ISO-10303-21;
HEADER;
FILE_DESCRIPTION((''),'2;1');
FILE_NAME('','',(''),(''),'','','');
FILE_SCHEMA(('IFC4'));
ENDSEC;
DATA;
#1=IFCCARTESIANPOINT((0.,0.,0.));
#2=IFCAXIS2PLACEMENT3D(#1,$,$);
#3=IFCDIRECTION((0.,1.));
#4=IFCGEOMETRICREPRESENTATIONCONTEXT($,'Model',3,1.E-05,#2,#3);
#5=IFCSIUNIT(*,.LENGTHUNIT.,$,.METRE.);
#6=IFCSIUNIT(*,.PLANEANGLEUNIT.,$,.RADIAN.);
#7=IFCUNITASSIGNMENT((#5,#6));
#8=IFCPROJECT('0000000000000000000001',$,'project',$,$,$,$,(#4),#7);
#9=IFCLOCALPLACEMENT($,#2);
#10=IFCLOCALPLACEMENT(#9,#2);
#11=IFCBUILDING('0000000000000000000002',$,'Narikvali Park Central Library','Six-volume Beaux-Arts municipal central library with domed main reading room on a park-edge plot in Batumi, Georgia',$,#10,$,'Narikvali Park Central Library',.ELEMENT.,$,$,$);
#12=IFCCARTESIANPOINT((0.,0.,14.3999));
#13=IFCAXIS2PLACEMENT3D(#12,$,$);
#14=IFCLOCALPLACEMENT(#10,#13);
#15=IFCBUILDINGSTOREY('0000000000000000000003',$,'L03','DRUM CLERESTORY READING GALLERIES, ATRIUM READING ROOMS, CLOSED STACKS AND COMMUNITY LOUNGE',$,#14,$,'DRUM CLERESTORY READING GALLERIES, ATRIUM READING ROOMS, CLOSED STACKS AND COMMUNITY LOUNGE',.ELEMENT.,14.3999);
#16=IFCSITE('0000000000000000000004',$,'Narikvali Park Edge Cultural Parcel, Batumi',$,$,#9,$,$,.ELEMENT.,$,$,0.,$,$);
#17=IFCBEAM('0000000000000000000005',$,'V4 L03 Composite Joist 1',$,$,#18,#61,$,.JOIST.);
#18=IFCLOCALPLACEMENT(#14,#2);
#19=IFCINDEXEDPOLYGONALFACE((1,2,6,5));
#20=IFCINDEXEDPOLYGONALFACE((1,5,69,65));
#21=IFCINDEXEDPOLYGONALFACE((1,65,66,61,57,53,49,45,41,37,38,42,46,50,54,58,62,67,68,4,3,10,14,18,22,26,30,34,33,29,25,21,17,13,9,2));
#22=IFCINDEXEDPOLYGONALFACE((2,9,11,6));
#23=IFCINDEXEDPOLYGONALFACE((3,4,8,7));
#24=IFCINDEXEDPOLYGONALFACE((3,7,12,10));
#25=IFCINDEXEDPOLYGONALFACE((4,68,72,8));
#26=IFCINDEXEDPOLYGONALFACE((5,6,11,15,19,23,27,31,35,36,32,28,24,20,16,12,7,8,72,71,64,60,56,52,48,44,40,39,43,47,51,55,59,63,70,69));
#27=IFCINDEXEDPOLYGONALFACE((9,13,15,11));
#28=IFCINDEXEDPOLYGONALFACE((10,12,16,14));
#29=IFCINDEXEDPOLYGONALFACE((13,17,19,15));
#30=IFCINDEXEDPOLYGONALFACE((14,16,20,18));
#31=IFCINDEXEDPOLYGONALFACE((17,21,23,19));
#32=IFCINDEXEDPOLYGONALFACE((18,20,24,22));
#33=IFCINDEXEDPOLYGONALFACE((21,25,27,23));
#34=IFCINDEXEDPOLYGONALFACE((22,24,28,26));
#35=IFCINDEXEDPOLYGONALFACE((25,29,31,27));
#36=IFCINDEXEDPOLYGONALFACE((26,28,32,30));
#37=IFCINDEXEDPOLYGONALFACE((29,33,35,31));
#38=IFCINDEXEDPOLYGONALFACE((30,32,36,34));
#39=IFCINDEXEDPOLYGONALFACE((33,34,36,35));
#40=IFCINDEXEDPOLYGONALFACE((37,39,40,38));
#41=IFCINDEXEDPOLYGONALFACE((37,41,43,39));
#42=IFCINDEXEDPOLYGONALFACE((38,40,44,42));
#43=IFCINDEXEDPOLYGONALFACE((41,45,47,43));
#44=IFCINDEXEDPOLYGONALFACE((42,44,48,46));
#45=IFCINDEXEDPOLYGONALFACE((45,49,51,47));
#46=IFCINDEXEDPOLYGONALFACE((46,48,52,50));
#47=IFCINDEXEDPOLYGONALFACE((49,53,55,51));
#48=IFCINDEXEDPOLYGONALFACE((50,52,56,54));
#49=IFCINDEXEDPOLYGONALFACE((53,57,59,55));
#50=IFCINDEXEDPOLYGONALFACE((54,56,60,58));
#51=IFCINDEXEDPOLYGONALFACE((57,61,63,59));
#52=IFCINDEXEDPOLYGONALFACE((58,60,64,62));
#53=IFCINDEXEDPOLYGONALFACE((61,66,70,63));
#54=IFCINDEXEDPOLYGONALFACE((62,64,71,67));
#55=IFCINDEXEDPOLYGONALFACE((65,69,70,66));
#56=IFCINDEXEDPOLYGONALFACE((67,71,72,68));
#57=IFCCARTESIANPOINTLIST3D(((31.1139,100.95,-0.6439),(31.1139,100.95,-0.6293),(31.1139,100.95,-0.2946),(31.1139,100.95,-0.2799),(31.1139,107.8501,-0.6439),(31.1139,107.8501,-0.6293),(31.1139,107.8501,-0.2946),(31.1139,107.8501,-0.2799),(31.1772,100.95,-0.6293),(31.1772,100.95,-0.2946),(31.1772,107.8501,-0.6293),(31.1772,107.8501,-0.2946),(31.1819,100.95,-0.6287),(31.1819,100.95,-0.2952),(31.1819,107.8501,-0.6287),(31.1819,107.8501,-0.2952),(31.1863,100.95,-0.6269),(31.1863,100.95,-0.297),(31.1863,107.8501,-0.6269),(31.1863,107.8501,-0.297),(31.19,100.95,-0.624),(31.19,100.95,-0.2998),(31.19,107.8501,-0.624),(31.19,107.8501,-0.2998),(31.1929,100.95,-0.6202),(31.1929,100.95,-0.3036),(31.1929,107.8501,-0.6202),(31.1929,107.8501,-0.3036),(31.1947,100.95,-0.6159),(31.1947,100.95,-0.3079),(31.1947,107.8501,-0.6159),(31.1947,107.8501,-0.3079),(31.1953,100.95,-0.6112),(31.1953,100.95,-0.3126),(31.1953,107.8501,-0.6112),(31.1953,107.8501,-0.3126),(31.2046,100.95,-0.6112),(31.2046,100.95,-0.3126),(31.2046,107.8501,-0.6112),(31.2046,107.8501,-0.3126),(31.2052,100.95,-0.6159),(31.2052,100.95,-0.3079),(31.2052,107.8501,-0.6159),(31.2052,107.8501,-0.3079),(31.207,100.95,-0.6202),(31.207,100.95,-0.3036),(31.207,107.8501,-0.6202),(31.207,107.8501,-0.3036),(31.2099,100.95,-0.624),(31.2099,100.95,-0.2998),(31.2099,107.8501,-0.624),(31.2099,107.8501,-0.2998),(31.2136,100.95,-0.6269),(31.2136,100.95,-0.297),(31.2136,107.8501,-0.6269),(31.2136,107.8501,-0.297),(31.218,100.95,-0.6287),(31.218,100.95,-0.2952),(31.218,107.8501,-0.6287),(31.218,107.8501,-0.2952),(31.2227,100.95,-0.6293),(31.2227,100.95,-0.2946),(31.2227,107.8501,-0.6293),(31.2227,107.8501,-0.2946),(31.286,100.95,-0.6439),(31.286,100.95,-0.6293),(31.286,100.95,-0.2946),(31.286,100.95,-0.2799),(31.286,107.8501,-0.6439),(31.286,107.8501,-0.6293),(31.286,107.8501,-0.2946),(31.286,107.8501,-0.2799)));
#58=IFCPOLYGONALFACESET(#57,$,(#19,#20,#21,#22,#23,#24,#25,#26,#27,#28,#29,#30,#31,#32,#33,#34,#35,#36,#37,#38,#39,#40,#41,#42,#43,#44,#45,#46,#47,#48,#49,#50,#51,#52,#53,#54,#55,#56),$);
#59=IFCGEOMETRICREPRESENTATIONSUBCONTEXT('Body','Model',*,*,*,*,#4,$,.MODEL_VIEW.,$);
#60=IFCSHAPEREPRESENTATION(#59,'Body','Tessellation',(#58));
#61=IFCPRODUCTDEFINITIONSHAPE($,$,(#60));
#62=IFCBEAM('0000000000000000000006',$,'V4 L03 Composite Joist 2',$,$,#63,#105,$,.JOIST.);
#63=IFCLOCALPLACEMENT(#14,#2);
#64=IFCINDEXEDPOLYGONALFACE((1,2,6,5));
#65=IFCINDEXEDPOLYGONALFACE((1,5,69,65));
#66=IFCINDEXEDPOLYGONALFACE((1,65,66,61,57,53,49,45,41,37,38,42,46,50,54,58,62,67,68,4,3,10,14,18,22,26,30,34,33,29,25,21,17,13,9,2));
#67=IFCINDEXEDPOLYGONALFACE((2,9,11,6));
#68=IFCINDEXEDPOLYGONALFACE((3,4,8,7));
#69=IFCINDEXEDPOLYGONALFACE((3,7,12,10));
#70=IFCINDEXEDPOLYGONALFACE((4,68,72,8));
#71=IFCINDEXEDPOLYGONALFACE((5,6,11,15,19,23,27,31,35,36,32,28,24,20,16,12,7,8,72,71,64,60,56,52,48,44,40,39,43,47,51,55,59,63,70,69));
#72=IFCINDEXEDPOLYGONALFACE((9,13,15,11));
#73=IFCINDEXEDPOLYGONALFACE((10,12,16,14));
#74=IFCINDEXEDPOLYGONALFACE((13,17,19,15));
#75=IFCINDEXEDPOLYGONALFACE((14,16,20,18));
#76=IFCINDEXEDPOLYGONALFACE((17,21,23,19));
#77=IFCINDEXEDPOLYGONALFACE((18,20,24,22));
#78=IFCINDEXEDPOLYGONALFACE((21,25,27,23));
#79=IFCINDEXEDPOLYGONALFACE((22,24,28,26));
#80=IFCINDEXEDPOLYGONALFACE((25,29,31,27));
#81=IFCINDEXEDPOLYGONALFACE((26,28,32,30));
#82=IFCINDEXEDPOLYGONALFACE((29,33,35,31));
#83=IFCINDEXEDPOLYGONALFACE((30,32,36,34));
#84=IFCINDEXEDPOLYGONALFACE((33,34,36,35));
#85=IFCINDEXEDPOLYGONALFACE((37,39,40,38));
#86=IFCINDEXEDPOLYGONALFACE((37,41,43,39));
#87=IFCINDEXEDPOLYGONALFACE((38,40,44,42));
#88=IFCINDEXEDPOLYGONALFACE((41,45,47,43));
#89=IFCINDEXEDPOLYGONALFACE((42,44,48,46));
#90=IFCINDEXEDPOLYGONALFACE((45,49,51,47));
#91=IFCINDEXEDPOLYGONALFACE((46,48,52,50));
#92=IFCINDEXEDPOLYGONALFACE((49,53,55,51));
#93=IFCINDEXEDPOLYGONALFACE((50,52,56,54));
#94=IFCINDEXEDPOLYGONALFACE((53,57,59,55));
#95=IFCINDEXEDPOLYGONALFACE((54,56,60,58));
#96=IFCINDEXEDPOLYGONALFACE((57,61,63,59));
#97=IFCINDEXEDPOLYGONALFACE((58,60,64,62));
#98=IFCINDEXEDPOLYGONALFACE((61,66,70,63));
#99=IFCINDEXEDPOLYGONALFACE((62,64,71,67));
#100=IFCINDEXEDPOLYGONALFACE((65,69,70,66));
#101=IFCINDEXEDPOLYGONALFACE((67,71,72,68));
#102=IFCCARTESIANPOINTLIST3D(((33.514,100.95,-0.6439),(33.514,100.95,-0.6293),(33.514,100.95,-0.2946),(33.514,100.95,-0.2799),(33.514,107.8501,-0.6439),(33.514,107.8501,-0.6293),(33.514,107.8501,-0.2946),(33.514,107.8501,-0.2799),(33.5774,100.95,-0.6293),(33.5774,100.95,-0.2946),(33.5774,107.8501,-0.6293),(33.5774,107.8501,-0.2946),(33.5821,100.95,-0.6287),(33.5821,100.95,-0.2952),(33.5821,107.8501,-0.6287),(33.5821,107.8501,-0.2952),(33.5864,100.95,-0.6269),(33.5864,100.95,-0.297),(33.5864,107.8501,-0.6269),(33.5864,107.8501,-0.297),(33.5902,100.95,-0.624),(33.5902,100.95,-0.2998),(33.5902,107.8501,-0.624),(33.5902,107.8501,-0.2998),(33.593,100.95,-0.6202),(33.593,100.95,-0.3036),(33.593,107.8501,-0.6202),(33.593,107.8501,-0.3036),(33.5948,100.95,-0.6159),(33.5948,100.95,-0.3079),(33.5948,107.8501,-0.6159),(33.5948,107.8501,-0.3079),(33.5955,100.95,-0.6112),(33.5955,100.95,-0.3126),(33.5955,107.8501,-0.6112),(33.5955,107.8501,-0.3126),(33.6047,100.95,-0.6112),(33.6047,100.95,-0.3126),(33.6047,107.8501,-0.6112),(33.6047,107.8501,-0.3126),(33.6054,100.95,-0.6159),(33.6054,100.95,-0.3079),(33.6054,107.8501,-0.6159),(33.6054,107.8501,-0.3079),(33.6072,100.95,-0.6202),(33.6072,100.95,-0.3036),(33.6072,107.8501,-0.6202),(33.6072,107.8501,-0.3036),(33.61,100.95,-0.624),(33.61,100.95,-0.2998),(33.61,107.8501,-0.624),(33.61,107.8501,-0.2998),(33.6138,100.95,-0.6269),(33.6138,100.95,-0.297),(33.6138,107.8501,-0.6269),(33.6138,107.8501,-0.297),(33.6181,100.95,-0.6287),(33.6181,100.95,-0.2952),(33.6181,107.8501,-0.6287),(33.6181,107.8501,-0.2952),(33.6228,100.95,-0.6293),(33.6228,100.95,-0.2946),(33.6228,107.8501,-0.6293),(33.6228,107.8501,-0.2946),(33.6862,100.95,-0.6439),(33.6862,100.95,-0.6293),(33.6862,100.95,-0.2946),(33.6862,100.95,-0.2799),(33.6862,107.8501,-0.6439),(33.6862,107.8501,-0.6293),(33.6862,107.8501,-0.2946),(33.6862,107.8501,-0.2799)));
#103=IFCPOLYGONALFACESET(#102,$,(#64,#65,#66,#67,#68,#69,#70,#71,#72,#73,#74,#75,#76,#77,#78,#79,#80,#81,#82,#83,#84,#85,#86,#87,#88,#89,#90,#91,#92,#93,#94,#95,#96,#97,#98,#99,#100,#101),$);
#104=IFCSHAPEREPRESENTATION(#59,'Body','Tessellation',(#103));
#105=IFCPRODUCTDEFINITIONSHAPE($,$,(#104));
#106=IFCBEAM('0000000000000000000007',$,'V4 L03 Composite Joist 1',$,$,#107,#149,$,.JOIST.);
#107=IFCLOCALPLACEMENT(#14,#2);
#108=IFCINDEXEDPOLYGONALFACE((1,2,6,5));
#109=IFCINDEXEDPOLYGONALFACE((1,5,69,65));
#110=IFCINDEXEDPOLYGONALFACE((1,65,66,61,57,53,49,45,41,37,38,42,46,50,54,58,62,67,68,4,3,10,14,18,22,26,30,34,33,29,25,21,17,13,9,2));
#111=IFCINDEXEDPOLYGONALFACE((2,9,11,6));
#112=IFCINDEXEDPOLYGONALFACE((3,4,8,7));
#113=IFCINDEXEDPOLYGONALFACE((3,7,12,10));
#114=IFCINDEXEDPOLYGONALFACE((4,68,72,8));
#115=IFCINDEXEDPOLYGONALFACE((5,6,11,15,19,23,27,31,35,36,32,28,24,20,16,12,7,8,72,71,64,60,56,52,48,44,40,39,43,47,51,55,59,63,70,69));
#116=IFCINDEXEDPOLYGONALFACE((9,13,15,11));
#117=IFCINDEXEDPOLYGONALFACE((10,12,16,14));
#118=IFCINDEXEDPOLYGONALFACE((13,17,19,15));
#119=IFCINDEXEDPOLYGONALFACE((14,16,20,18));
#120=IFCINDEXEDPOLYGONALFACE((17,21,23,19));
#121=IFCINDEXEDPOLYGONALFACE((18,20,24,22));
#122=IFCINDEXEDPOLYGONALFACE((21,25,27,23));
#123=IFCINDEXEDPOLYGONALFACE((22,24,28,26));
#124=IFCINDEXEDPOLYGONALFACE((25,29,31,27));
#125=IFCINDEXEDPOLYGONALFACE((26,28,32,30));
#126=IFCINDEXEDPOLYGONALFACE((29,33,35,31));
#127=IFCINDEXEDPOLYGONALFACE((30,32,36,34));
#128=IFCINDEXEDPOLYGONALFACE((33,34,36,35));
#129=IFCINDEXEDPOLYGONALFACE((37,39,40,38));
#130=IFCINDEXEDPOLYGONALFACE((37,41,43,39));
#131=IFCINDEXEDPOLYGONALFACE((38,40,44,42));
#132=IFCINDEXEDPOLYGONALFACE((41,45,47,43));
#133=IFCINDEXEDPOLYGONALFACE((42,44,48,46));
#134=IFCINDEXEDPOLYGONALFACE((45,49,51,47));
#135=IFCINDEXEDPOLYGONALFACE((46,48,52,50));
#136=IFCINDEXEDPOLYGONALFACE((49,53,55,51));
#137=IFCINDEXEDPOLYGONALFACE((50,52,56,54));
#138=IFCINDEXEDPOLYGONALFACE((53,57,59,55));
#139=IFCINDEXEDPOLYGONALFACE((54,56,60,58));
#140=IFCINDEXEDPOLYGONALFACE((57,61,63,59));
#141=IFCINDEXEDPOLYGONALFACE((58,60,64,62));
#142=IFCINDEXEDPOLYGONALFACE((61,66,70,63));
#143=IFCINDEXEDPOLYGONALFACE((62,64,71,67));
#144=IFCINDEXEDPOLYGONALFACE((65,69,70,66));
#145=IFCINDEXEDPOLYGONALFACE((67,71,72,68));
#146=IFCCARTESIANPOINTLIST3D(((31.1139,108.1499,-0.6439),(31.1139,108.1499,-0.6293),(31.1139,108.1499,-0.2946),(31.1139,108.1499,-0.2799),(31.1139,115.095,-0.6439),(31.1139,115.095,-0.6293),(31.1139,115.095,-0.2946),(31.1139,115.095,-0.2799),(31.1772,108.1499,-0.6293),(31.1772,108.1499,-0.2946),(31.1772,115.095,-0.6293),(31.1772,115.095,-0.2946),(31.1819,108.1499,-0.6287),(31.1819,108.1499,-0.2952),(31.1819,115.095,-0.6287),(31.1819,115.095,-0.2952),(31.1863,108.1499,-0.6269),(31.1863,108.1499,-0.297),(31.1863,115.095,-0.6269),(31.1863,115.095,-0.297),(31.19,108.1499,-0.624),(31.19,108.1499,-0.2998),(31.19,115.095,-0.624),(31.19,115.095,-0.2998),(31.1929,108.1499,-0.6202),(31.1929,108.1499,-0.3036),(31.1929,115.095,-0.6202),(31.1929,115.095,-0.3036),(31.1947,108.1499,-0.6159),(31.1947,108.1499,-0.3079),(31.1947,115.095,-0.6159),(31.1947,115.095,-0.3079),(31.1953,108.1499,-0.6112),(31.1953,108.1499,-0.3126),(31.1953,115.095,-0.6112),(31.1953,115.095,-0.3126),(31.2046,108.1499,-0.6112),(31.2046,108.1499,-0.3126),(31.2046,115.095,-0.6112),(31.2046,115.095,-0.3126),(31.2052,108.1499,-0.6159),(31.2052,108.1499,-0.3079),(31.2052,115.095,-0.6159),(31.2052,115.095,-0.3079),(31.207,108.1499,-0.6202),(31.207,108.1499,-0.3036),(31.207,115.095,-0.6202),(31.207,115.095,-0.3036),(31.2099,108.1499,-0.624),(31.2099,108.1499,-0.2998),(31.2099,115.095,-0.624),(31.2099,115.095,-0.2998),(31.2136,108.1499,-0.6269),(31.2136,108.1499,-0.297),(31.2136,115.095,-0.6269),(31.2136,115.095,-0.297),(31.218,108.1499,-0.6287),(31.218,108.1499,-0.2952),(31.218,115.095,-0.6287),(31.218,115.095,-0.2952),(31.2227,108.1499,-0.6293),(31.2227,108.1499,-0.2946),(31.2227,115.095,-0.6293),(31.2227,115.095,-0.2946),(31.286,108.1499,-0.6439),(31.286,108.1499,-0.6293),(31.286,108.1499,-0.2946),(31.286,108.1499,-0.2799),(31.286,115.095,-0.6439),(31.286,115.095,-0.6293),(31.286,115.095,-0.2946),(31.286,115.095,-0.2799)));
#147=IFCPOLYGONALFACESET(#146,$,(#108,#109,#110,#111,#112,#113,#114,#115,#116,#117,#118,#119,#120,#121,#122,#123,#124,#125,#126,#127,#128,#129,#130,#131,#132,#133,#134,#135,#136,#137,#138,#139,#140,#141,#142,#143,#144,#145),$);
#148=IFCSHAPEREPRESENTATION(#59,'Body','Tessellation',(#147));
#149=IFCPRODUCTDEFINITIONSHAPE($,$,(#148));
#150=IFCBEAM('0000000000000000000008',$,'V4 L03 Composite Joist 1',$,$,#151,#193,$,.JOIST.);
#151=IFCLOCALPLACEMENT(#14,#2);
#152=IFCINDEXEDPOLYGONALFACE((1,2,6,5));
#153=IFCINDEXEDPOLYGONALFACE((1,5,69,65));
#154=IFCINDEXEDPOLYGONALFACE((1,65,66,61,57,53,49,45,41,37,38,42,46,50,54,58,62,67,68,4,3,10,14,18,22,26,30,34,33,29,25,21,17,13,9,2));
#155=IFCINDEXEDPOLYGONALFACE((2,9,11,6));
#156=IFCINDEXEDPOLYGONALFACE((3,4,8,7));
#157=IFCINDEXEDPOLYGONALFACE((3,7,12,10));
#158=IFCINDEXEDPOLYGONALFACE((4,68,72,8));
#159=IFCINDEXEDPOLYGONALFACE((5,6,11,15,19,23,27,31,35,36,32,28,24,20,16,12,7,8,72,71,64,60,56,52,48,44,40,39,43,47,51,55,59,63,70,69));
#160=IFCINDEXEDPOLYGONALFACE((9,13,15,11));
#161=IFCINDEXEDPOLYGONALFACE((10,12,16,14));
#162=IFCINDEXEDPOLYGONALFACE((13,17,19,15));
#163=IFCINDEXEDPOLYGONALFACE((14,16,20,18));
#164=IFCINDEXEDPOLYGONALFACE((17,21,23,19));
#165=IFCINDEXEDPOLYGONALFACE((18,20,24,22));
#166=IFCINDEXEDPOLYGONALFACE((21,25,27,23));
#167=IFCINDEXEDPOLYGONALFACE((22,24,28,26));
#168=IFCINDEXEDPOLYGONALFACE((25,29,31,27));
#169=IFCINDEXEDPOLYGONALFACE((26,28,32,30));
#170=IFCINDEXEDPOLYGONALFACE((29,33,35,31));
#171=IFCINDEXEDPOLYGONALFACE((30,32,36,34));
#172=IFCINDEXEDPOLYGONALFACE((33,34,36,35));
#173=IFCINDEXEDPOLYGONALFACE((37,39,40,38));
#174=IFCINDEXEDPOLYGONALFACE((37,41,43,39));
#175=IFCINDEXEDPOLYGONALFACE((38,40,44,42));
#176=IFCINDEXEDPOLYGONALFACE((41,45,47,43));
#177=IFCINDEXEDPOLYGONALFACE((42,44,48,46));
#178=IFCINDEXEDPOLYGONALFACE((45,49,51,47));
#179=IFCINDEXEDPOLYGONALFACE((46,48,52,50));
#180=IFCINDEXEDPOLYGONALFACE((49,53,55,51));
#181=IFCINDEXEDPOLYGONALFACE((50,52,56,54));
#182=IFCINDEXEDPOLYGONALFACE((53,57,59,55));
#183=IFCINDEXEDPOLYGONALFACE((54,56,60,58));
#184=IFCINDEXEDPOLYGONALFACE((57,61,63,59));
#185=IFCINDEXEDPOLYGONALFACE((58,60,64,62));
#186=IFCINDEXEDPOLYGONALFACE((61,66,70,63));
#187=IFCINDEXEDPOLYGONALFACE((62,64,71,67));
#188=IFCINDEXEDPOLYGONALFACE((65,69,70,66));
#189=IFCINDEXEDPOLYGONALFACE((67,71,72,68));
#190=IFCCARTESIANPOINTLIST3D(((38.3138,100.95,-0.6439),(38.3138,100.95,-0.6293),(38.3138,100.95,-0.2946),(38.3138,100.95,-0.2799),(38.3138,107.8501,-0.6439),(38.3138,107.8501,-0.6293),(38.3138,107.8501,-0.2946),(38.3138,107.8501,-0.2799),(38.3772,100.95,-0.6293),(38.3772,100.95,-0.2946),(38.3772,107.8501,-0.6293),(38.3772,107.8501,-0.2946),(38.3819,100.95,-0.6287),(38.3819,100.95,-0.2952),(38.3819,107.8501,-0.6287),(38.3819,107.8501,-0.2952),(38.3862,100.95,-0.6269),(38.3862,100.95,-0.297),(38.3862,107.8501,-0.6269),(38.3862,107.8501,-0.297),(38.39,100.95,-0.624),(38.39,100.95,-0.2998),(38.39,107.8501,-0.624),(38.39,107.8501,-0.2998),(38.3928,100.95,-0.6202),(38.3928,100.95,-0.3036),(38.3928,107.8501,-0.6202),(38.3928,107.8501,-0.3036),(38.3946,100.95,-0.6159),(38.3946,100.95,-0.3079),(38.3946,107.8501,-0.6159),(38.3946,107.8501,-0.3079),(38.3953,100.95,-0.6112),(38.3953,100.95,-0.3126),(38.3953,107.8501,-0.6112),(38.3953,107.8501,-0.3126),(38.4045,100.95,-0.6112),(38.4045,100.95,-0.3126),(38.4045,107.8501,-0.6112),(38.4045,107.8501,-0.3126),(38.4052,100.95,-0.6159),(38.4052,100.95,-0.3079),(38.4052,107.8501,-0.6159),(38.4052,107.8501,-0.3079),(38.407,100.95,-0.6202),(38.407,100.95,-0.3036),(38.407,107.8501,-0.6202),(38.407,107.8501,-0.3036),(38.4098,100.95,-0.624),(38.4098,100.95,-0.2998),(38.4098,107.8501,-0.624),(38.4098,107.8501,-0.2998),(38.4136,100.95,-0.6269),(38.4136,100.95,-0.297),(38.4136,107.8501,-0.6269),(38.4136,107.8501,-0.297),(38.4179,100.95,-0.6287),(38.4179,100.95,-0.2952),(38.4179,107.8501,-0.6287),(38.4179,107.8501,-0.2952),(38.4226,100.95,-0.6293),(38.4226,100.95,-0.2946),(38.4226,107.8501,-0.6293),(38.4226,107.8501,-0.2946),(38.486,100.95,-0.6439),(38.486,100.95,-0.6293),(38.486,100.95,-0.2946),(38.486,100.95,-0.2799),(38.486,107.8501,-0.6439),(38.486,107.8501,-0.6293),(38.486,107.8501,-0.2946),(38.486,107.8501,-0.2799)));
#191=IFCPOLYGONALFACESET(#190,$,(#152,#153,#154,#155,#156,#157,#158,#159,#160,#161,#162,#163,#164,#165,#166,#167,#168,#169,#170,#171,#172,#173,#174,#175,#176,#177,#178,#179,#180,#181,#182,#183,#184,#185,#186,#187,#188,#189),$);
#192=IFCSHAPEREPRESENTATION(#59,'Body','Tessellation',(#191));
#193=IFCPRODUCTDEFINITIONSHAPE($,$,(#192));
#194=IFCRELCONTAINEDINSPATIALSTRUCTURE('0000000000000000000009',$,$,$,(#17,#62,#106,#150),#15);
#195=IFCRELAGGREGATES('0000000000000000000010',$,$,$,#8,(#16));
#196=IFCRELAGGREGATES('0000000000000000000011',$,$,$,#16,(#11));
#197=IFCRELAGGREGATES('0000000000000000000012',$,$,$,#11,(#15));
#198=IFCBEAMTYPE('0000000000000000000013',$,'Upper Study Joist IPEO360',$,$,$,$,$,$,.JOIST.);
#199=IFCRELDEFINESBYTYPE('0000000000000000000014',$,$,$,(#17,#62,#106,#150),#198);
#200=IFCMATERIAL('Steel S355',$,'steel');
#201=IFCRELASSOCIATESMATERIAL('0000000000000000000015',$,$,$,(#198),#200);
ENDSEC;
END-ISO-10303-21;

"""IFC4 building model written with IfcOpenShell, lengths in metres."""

from ifc_helpers import new_model, si_unit, direction, frame, origin, origin_2d, place, context, subcontext, project, spatial, i_section, extrude, material, material_profile, profile_set, type_object, element, save


model = new_model("IFC4")

# Units and contexts
model_context = context("Model", 3, precision=1e-05, world=origin(), true_north=direction((0.0, 1.0)))
body_context = subcontext(model_context, "Body", "Model", "MODEL_VIEW")
ifc_project = project(units=[si_unit("LENGTHUNIT", "METRE"), si_unit("PLANEANGLEUNIT", "RADIAN")], contexts=[model_context])

# Site, building, storey
site_placement = place(None, origin())
site = spatial("IfcSite", under=ifc_project, at=site_placement, Name="Narikvali Park Edge Cultural Parcel, Batumi", CompositionType="ELEMENT", RefElevation=0.0)
building_placement = place(site_placement, origin())
building = spatial("IfcBuilding", under=site, at=building_placement, Name="Narikvali Park Central Library", Description="Six-volume Beaux-Arts municipal central library with domed main reading room on a park-edge plot in Batumi, Georgia", LongName="Narikvali Park Central Library", CompositionType="ELEMENT")
storey_placement = place(building_placement, frame((0.0, 0.0, 14.3999)))
storey = spatial("IfcBuildingStorey", under=building, at=storey_placement, Name="L03", Description="DRUM CLERESTORY READING GALLERIES, ATRIUM READING ROOMS, CLOSED STACKS AND COMMUNITY LOUNGE", LongName="DRUM CLERESTORY READING GALLERIES, ATRIUM READING ROOMS, CLOSED STACKS AND COMMUNITY LOUNGE", CompositionType="ELEMENT", Elevation=14.3999)

# Shared definitions
ifc_material_1 = material(Name="Steel S355", Category="steel")

# Beams
ifc_material_profile_1 = material_profile(ifc_material_1, i_section(OverallWidth=0.1721, OverallDepth=0.364, WebThickness=0.0093, FlangeThickness=0.0146, FilletRadius=0.0181, at=origin_2d()), Name="IPEO 360")
ifc_profile_set_1 = profile_set([ifc_material_profile_1], Name="Steel S355")
beam_type_1 = type_object("IfcBeamType", Name="Upper Study Joist IPEO360", PredefinedType="JOIST", material=ifc_profile_set_1)
for number, where, z_axis, x_axis, name in (
    (1, (31.2, 100.95, -0.4619), (0.0, 1.0, 0.0), (-1.0, 0.0, 0.0), "V4 L03 Composite Joist 1"),
    (2, (33.6001, 100.95, -0.4619), (0.0, 1.0, 0.0), (-1.0, 0.0, 0.0), "V4 L03 Composite Joist 2"),
):
    element("IfcBeam", number, at=place(storey_placement, frame(where, z_axis=z_axis, x_axis=x_axis)), inside=storey, type_object=beam_type_1, Name=name, PredefinedType="JOIST", context=body_context, shape_type="SweptSolid", body=[
        extrude(i_section(OverallWidth=0.1721, OverallDepth=0.364, WebThickness=0.0093, FlangeThickness=0.0146, FilletRadius=0.0181, at=origin_2d()), origin(), (0.0, 0.0, 1.0), 6.9001),
    ])
beam_1_placement = place(storey_placement, frame((31.2, 108.1499, -0.4619), z_axis=(0.0, 1.0, 0.0), x_axis=(-1.0, 0.0, 0.0)))
element("IfcBeam", 3, at=beam_1_placement, inside=storey, type_object=beam_type_1, Name="V4 L03 Composite Joist 1", PredefinedType="JOIST", context=body_context, shape_type="SweptSolid", body=[
    extrude(i_section(OverallWidth=0.1721, OverallDepth=0.364, WebThickness=0.0093, FlangeThickness=0.0146, FilletRadius=0.0181, at=origin_2d()), origin(), (0.0, 0.0, 1.0), 6.9451),
])
beam_2_placement = place(storey_placement, frame((38.3999, 100.95, -0.4619), z_axis=(0.0, 1.0, 0.0), x_axis=(-1.0, 0.0, 0.0)))
element("IfcBeam", 4, at=beam_2_placement, inside=storey, type_object=beam_type_1, Name="V4 L03 Composite Joist 1", PredefinedType="JOIST", context=body_context, shape_type="SweptSolid", body=[
    extrude(i_section(OverallWidth=0.1721, OverallDepth=0.364, WebThickness=0.0093, FlangeThickness=0.0146, FilletRadius=0.0181, at=origin_2d()), origin(), (0.0, 0.0, 1.0), 6.9001),
])

save(model, "model.ifc")
